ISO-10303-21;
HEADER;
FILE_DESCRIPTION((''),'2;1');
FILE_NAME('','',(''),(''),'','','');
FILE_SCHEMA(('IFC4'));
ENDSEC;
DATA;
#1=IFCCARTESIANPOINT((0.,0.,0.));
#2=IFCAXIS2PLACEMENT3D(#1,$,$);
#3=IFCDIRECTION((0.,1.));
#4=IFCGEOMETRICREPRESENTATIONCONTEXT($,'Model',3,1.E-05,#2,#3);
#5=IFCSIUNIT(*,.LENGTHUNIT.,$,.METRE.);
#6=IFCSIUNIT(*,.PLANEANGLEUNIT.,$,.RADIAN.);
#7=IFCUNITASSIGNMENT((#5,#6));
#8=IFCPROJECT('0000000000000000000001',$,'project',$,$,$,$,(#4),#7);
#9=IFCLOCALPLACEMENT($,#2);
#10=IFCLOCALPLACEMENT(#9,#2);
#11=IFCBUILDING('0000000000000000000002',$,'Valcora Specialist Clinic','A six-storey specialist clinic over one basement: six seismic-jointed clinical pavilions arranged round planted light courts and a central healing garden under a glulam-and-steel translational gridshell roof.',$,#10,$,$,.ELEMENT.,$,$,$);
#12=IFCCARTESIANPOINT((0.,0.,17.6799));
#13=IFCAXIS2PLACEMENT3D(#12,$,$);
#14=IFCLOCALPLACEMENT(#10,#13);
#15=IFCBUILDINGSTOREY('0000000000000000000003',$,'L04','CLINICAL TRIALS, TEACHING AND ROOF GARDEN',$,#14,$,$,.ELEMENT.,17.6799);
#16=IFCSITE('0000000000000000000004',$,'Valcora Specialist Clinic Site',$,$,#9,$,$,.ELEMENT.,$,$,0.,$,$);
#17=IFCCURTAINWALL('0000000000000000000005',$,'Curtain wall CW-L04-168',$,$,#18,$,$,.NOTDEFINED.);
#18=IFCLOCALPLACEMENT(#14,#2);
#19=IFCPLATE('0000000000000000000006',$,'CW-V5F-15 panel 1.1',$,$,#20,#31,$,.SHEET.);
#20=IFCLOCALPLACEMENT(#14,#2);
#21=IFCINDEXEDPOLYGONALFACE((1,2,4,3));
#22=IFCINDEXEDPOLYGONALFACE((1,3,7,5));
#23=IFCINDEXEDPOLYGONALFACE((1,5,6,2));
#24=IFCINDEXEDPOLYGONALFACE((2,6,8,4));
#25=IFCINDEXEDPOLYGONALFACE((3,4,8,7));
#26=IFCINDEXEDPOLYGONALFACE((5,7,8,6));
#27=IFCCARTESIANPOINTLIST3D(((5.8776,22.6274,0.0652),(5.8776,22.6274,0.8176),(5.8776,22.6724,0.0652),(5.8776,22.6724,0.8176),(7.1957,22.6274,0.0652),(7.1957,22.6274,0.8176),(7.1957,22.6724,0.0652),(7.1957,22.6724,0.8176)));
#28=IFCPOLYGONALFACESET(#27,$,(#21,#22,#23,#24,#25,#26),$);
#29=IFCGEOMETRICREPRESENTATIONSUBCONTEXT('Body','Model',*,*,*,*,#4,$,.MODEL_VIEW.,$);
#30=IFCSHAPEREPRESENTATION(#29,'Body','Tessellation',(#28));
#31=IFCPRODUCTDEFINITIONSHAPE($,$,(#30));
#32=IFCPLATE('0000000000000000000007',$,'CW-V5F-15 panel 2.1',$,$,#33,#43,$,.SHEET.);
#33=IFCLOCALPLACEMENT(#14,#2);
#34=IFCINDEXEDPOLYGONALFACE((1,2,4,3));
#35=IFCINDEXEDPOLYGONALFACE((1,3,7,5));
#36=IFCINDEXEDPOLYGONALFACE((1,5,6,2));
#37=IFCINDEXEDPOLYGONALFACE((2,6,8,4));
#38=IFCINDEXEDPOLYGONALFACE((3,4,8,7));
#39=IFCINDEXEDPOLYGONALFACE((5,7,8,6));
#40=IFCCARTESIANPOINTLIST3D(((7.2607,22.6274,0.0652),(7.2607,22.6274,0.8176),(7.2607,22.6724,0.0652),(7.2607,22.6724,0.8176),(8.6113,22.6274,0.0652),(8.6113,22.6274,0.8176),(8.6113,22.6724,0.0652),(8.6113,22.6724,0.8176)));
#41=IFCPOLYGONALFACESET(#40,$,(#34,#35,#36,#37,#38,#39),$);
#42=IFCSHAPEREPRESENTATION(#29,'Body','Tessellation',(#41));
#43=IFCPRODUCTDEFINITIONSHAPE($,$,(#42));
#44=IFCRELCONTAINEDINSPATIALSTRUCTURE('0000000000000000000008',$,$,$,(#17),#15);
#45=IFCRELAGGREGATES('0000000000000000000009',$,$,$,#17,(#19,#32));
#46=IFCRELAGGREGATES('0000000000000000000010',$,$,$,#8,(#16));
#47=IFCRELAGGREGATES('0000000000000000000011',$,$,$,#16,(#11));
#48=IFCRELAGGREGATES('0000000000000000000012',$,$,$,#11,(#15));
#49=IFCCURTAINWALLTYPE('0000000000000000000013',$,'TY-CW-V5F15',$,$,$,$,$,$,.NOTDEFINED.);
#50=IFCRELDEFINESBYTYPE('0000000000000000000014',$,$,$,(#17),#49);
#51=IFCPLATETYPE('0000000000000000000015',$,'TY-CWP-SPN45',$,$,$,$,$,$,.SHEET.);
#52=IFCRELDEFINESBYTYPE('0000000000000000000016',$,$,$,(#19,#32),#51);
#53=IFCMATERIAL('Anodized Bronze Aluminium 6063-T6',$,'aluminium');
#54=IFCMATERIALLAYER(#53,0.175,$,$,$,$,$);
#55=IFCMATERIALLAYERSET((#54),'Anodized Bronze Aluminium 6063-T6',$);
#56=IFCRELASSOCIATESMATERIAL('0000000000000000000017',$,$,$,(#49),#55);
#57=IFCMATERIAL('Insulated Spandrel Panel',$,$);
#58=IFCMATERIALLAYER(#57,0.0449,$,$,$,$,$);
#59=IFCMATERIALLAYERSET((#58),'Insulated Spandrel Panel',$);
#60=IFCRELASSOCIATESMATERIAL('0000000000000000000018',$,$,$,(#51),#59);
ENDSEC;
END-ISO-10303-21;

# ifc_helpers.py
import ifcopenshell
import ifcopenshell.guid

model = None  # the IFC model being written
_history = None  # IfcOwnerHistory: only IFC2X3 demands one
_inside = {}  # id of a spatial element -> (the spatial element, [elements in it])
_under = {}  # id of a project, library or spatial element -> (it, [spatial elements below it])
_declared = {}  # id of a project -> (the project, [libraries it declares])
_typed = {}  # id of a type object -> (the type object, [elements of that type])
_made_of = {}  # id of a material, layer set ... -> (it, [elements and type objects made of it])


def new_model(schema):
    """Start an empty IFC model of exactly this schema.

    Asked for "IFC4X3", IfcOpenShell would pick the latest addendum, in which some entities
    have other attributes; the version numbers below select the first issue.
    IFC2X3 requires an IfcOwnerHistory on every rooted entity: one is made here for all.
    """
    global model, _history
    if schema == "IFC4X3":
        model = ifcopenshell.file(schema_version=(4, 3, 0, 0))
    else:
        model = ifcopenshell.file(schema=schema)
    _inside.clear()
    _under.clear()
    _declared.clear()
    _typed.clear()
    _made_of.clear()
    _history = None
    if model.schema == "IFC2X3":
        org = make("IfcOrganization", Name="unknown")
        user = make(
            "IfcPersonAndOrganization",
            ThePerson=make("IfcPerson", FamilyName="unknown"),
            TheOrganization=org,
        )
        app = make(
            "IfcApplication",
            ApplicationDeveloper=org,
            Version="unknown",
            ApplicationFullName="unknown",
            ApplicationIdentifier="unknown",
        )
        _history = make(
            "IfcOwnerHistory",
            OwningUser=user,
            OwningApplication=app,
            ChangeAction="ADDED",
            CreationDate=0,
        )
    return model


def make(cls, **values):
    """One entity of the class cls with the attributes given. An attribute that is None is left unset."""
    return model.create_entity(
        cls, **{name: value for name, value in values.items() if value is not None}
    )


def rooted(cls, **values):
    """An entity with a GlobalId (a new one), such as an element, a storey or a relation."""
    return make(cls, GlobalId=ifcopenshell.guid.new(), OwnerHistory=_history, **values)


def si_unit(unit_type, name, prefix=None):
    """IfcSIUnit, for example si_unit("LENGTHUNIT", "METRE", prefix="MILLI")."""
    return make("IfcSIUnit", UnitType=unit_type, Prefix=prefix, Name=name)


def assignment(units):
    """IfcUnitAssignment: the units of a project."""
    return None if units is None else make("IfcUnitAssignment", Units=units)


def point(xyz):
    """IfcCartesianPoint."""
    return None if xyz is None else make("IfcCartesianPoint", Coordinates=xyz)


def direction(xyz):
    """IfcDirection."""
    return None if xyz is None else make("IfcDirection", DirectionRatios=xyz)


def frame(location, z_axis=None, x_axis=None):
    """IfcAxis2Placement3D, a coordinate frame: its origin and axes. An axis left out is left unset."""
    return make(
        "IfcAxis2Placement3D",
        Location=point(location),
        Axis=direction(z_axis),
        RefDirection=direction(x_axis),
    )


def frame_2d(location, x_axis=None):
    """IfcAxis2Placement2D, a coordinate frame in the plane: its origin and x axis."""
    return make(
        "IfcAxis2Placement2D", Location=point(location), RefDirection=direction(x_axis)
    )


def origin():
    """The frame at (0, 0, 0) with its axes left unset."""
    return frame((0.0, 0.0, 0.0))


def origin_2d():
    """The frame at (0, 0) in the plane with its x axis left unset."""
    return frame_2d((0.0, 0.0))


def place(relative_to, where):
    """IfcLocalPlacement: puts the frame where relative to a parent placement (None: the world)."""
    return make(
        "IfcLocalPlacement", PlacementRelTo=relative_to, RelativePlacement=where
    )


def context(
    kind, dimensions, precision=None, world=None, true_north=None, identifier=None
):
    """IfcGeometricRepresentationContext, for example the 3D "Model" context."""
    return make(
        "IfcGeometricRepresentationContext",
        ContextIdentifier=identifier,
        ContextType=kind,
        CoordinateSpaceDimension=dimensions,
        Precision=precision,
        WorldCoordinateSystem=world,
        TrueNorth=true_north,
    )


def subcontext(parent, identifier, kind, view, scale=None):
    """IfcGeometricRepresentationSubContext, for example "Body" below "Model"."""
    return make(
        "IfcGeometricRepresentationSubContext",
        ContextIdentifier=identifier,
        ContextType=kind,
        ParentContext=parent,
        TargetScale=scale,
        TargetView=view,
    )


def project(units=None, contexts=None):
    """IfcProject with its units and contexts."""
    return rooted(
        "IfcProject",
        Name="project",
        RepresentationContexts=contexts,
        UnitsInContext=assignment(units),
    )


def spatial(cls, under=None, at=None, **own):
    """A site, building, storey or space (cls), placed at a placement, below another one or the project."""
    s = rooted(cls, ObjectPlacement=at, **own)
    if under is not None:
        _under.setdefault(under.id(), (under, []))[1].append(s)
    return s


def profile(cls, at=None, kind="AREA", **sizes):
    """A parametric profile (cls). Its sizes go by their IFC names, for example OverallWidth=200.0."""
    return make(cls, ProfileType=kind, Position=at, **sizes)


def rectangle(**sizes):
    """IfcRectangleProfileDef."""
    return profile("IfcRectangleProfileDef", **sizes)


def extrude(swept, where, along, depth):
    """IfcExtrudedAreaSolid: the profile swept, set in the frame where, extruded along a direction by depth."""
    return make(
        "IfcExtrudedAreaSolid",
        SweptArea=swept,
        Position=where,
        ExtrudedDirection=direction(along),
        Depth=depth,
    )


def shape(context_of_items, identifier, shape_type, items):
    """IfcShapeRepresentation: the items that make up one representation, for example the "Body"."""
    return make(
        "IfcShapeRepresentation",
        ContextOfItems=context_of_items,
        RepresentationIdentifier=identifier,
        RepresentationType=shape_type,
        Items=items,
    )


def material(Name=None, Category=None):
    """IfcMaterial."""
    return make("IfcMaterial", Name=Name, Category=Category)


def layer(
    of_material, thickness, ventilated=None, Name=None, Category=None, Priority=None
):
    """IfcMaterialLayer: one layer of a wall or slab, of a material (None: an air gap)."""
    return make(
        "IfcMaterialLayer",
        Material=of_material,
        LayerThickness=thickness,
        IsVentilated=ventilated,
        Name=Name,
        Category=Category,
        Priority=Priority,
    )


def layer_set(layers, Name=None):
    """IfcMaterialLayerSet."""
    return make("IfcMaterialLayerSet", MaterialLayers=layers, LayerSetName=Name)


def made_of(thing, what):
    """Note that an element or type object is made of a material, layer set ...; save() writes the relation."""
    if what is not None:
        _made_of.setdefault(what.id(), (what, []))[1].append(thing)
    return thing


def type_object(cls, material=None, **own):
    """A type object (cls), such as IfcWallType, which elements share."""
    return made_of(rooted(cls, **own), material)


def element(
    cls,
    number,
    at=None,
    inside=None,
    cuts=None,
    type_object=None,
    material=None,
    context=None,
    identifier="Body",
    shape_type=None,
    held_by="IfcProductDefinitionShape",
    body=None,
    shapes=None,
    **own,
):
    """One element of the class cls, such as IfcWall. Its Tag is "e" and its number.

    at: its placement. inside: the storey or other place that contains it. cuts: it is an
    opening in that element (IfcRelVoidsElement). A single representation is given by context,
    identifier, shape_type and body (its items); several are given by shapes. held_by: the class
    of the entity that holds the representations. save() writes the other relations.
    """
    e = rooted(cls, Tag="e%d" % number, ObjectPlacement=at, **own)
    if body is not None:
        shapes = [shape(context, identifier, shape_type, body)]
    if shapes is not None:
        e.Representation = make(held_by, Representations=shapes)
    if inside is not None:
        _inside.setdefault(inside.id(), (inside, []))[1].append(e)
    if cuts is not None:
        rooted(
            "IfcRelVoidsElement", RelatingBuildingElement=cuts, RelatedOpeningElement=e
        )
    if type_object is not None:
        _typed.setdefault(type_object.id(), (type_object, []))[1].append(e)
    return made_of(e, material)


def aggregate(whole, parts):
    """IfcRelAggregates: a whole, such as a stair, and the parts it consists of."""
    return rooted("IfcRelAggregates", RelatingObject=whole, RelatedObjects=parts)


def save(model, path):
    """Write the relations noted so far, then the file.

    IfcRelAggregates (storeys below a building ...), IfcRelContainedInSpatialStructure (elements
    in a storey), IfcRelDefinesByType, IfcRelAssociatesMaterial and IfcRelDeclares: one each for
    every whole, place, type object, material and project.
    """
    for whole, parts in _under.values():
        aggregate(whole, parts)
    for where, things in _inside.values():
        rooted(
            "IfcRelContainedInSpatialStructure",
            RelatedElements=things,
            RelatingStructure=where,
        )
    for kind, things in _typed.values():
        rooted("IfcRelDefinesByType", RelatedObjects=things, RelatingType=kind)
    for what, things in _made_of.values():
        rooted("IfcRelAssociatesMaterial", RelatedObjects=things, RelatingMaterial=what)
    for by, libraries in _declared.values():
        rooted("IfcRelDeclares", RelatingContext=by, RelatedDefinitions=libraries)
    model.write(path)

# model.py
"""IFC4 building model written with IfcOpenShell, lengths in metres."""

from ifc_helpers import new_model, si_unit, direction, frame, origin, origin_2d, place, context, subcontext, project, spatial, rectangle, extrude, material, layer, layer_set, type_object, element, aggregate, save


model = new_model("IFC4")

# Units and contexts
model_context = context("Model", 3, precision=1e-05, world=origin(), true_north=direction((0.0, 1.0)))
body_context = subcontext(model_context, "Body", "Model", "MODEL_VIEW")
ifc_project = project(units=[si_unit("LENGTHUNIT", "METRE"), si_unit("PLANEANGLEUNIT", "RADIAN")], contexts=[model_context])

# Site, building, storey
site_placement = place(None, origin())
site = spatial("IfcSite", under=ifc_project, at=site_placement, Name="Valcora Specialist Clinic Site", CompositionType="ELEMENT", RefElevation=0.0)
building_placement = place(site_placement, origin())
building = spatial("IfcBuilding", under=site, at=building_placement, Name="Valcora Specialist Clinic", Description="A six-storey specialist clinic over one basement: six seismic-jointed clinical pavilions arranged round planted light courts and a central healing garden under a glulam-and-steel translational gridshell roof.", CompositionType="ELEMENT")
storey_placement = place(building_placement, frame((0.0, 0.0, 17.6799)))
storey = spatial("IfcBuildingStorey", under=building, at=storey_placement, Name="L04", Description="CLINICAL TRIALS, TEACHING AND ROOF GARDEN", CompositionType="ELEMENT", Elevation=17.6799)

# Curtain wall
ifc_material_1 = material(Name="Anodized Bronze Aluminium 6063-T6", Category="aluminium")
ifc_layer_1 = layer(ifc_material_1, 0.175)
ifc_layer_set_1 = layer_set([ifc_layer_1], Name="Anodized Bronze Aluminium 6063-T6")
curtain_wall_type = type_object("IfcCurtainWallType", Name="TY-CW-V5F15", PredefinedType="NOTDEFINED", material=ifc_layer_set_1)
curtain_wall_1_placement = place(storey_placement, origin())
curtain_wall_1 = element("IfcCurtainWall", 1, at=curtain_wall_1_placement, inside=storey, type_object=curtain_wall_type, Name="Curtain wall CW-L04-168", PredefinedType="NOTDEFINED")

# Plates
ifc_material_2 = material(Name="Insulated Spandrel Panel")
ifc_layer_2 = layer(ifc_material_2, 0.0449)
ifc_layer_set_2 = layer_set([ifc_layer_2], Name="Insulated Spandrel Panel")
plate_type_1 = type_object("IfcPlateType", Name="TY-CWP-SPN45", PredefinedType="SHEET", material=ifc_layer_set_2)
plate_1_placement = place(storey_placement, frame((6.5366, 22.6499, 0.0652), z_axis=(0.0, 0.0, 1.0), x_axis=(1.0, 0.0, 0.0)))
plate_1 = element("IfcPlate", 2, at=plate_1_placement, type_object=plate_type_1, Name="CW-V5F-15 panel 1.1", PredefinedType="SHEET", context=body_context, shape_type="SweptSolid", body=[
    extrude(rectangle(XDim=1.3181, YDim=0.0449, at=origin_2d()), origin(), (0.0, 0.0, 1.0), 0.7524),
])
plate_2_placement = place(storey_placement, frame((7.936, 22.6499, 0.0652), z_axis=(0.0, 0.0, 1.0), x_axis=(1.0, 0.0, 0.0)))
plate_2 = element("IfcPlate", 3, at=plate_2_placement, type_object=plate_type_1, Name="CW-V5F-15 panel 2.1", PredefinedType="SHEET", context=body_context, shape_type="SweptSolid", body=[
    extrude(rectangle(XDim=1.3506, YDim=0.0449, at=origin_2d()), origin(), (0.0, 0.0, 1.0), 0.7524),
])
aggregate(curtain_wall_1, [plate_1, plate_2])

save(model, "model.ifc")
